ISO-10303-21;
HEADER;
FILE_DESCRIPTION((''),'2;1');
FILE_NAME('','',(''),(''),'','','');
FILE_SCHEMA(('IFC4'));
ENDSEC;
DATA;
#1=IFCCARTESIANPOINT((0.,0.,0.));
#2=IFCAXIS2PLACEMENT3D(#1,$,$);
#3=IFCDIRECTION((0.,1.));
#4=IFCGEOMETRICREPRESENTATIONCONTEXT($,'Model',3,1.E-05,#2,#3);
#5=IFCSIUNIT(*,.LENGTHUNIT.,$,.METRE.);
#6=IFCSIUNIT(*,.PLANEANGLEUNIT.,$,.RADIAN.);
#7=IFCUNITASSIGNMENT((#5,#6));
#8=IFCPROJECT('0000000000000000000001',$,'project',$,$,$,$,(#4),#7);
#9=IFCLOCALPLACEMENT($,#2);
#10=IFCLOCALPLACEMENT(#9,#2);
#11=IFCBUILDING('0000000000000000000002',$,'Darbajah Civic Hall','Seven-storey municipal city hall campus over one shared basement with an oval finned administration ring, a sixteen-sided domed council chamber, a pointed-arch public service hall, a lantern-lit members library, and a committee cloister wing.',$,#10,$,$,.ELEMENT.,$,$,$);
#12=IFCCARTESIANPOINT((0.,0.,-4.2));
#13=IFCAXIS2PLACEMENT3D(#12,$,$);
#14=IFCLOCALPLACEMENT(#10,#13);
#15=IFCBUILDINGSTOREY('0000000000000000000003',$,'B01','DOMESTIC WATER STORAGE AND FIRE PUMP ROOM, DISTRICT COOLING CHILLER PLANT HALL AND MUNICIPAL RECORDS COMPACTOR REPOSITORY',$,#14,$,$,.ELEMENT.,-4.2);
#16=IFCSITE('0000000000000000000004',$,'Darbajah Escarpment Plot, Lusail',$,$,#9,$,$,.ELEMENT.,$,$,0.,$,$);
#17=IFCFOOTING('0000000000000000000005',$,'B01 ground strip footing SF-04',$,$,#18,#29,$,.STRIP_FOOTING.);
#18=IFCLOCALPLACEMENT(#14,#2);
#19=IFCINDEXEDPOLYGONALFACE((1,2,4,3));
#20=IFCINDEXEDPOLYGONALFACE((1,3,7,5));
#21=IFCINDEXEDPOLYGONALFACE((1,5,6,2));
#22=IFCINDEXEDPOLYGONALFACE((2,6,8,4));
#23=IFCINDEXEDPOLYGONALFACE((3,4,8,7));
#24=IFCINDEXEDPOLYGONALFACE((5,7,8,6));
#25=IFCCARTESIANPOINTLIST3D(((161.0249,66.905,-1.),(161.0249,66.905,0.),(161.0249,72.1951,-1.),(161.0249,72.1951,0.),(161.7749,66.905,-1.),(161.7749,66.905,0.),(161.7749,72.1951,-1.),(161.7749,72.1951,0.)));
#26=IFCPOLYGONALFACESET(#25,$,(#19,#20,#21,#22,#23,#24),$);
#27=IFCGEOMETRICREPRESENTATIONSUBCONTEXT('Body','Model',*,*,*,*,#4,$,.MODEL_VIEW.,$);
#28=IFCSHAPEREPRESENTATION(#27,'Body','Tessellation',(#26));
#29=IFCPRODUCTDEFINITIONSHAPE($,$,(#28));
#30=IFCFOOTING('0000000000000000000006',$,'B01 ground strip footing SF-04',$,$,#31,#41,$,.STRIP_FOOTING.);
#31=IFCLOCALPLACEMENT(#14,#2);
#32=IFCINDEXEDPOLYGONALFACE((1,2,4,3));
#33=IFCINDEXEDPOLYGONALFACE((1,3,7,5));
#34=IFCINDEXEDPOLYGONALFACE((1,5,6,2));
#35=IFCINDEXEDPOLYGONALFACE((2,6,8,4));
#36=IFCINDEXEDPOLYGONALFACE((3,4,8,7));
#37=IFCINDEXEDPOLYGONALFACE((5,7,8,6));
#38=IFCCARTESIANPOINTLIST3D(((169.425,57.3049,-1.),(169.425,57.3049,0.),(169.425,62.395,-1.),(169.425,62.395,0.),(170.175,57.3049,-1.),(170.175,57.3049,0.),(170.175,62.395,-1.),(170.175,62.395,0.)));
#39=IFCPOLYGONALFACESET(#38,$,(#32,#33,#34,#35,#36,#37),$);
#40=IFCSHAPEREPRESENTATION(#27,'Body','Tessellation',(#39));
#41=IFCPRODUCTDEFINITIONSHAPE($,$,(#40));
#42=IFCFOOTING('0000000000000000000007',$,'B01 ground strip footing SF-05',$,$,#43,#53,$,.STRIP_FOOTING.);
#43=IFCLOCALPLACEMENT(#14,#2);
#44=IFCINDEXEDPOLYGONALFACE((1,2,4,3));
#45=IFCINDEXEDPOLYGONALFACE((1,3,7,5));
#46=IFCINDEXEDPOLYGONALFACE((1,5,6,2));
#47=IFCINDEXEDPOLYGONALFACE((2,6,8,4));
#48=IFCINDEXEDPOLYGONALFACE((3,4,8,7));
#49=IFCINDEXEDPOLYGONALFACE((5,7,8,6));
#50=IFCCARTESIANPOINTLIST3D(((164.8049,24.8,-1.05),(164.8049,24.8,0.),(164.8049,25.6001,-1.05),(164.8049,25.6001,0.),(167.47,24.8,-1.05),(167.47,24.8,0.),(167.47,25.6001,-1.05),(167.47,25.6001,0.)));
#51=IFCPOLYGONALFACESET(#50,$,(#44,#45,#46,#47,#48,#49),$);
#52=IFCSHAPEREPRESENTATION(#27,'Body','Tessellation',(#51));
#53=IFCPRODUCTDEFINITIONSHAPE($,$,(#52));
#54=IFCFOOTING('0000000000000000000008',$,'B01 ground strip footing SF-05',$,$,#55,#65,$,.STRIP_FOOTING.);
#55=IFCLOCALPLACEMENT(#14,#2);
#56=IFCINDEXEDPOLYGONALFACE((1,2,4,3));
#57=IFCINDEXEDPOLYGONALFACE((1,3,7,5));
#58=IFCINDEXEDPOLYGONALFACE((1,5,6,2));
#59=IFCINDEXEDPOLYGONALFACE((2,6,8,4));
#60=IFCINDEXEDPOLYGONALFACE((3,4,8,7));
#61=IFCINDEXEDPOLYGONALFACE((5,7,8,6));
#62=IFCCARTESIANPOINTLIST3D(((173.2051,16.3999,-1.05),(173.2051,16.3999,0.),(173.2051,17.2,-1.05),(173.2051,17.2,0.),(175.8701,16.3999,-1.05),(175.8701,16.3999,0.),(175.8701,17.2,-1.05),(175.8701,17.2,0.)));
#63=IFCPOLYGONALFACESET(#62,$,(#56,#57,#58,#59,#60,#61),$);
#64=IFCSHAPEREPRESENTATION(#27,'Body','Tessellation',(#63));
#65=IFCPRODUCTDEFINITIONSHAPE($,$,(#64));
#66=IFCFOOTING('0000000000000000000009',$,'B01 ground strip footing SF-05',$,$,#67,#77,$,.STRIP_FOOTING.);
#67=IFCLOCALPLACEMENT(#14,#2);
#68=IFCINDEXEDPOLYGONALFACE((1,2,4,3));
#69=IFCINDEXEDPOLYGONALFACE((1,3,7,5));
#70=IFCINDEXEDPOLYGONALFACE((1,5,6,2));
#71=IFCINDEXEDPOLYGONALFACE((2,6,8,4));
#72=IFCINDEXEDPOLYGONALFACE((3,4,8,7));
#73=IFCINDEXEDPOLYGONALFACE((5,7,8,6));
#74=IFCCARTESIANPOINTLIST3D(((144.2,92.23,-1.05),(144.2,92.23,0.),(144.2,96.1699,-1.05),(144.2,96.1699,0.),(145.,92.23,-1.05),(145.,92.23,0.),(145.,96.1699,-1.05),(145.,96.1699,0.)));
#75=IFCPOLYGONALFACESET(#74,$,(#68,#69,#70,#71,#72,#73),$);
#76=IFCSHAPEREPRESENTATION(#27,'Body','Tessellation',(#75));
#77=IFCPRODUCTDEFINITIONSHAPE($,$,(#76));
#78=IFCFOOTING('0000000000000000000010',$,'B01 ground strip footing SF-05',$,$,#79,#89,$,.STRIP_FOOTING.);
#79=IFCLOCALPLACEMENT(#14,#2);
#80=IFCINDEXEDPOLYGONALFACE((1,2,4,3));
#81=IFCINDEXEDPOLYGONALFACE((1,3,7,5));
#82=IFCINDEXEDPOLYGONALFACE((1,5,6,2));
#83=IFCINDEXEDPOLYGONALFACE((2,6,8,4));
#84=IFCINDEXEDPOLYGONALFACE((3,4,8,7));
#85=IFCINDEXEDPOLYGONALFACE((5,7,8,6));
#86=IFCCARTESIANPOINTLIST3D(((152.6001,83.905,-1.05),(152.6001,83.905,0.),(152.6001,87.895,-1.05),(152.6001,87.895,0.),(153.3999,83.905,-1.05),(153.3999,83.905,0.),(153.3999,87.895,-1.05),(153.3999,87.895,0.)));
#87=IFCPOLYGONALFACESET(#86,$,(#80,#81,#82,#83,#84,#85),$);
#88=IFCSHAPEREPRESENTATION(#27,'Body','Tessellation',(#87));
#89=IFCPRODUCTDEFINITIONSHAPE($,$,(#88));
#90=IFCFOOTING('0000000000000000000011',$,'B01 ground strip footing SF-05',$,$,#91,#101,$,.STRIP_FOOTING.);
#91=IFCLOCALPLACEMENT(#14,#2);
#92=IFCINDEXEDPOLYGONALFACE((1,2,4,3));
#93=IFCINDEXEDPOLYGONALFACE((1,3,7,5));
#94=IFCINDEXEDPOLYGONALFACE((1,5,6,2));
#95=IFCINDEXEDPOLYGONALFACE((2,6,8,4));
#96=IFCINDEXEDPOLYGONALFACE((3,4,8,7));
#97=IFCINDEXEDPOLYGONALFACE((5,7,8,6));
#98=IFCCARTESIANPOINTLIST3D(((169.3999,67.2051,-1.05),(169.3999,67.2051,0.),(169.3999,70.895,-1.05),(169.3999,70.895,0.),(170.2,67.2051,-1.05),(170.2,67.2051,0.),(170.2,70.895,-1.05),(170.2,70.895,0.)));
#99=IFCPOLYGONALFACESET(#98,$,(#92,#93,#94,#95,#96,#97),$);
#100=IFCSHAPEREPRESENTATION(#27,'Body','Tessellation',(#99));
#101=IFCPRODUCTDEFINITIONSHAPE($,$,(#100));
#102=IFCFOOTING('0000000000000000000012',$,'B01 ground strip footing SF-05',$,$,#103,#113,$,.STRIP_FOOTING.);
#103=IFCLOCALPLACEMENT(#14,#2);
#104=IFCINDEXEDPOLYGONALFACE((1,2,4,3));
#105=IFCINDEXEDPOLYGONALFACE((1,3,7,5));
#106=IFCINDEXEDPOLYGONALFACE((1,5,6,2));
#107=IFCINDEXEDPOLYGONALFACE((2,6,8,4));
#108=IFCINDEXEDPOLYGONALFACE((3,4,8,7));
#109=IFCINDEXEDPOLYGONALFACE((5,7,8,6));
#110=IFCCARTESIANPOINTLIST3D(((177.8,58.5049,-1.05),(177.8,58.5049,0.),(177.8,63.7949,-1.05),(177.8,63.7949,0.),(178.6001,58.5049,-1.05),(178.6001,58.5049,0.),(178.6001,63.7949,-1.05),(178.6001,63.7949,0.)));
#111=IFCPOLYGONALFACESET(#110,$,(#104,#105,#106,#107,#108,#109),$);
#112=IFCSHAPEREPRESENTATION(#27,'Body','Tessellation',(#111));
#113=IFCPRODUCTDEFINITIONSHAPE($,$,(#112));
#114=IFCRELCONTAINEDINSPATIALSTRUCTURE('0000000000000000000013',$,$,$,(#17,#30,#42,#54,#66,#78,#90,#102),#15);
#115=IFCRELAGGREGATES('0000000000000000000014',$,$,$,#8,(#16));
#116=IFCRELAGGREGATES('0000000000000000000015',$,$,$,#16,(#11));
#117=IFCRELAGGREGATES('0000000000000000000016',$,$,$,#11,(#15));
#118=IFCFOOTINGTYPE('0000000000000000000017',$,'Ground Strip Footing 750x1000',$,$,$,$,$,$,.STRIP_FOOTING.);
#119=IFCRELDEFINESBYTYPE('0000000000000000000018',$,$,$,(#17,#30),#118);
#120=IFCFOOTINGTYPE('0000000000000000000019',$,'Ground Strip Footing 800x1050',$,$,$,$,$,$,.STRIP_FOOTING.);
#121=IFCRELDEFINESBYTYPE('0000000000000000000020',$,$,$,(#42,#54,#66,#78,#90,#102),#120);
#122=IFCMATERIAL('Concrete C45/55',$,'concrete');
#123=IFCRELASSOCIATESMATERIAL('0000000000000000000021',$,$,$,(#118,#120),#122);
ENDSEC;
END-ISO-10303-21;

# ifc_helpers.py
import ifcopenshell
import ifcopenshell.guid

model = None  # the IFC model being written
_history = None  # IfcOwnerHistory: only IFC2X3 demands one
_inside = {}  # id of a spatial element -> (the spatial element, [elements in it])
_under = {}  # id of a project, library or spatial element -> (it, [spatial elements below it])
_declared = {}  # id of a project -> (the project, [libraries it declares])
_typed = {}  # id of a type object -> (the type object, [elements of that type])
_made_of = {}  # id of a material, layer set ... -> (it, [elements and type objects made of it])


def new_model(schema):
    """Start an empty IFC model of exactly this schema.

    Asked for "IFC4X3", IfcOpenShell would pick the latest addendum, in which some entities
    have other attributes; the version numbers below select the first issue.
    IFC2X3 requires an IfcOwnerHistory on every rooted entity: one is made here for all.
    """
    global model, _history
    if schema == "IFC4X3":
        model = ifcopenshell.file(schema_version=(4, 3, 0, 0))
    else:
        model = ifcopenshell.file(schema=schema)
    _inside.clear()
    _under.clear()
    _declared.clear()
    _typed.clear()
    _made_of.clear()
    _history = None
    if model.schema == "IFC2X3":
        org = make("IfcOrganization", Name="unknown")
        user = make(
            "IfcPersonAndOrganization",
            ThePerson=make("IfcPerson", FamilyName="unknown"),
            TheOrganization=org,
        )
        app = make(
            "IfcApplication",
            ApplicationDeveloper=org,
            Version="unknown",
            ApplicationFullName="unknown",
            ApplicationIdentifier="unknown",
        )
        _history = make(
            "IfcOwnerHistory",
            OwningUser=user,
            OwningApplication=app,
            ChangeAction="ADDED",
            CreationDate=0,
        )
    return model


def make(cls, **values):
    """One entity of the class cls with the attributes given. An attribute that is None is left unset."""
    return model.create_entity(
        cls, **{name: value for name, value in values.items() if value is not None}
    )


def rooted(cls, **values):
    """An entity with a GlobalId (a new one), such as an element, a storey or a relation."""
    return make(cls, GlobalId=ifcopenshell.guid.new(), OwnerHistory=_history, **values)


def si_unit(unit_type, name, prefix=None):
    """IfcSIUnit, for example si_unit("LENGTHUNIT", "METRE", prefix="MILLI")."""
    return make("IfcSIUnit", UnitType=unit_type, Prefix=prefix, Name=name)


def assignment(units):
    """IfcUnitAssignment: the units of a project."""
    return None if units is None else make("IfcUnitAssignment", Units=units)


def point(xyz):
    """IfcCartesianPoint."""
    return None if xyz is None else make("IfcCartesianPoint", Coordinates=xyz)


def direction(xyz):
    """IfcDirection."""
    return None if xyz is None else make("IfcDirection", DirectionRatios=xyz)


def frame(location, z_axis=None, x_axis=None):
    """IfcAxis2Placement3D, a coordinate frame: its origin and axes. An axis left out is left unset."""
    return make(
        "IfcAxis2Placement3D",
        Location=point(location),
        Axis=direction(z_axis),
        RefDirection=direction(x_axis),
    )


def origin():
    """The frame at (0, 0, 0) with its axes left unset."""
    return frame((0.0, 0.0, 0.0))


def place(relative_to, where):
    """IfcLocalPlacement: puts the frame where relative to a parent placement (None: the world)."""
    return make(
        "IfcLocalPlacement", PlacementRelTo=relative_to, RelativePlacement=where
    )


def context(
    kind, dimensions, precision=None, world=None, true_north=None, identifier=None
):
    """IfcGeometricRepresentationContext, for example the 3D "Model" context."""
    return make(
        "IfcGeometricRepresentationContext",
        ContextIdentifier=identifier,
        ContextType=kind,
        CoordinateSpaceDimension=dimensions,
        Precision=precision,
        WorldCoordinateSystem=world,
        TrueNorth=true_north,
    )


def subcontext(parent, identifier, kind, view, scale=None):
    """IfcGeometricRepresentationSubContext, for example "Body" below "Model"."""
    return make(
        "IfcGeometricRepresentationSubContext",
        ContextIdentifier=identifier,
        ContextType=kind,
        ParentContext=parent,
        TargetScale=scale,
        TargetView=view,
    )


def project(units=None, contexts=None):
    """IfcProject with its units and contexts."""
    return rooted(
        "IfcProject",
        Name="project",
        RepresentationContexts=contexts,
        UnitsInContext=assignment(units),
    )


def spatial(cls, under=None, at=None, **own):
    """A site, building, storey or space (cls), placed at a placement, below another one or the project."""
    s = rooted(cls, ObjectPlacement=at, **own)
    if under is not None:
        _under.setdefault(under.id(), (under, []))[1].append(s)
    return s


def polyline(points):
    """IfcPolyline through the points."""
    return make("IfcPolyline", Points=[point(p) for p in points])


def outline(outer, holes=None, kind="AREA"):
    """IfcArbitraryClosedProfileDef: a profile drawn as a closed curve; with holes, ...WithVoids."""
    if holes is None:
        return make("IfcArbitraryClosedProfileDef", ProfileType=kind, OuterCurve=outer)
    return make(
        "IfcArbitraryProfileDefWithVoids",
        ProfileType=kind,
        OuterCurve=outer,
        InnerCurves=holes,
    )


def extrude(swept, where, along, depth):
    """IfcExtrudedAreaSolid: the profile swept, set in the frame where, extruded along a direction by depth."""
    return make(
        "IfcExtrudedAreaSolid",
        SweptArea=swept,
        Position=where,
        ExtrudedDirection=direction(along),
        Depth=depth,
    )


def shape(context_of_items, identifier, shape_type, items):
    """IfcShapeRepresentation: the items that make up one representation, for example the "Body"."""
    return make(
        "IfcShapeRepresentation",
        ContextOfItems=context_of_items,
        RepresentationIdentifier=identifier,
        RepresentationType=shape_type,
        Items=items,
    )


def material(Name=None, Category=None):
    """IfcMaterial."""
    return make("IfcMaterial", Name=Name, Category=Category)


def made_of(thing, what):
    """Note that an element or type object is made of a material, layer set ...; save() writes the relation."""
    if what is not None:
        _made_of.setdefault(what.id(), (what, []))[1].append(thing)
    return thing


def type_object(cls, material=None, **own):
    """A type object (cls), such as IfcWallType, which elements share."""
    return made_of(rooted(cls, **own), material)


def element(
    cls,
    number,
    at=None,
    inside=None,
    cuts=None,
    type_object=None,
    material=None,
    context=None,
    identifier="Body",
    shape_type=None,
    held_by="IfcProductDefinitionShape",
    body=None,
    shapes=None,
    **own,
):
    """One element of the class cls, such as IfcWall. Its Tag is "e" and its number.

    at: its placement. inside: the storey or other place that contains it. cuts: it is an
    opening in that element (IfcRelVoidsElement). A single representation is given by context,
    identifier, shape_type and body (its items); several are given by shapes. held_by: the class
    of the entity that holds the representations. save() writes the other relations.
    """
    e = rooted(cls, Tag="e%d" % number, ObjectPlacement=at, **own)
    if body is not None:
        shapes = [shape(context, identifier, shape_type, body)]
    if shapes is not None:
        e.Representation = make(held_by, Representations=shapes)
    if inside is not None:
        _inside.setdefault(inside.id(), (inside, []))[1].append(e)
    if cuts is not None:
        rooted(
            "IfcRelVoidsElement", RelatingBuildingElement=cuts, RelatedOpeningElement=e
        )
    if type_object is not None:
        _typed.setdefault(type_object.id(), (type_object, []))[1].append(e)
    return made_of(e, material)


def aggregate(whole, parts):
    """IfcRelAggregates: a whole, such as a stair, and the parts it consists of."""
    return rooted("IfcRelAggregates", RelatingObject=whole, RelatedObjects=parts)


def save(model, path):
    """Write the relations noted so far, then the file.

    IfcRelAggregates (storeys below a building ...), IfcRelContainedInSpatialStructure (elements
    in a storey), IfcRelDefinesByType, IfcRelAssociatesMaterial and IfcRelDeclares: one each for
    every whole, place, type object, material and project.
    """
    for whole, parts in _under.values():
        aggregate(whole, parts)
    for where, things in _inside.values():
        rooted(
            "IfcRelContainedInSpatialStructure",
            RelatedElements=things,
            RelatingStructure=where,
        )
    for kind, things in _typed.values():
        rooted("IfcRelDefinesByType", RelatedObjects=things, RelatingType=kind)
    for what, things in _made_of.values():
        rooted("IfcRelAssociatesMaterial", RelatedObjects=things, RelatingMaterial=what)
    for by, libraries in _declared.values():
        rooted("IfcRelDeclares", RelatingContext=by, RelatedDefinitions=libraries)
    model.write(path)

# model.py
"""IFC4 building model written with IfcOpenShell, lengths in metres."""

from ifc_helpers import new_model, si_unit, direction, frame, origin, place, context, subcontext, project, spatial, polyline, outline, extrude, material, type_object, element, save


model = new_model("IFC4")

# Units and contexts
model_context = context("Model", 3, precision=1e-05, world=origin(), true_north=direction((0.0, 1.0)))
body_context = subcontext(model_context, "Body", "Model", "MODEL_VIEW")
ifc_project = project(units=[si_unit("LENGTHUNIT", "METRE"), si_unit("PLANEANGLEUNIT", "RADIAN")], contexts=[model_context])

# Site, building, storey
site_placement = place(None, origin())
site = spatial("IfcSite", under=ifc_project, at=site_placement, Name="Darbajah Escarpment Plot, Lusail", CompositionType="ELEMENT", RefElevation=0.0)
building_placement = place(site_placement, origin())
building = spatial("IfcBuilding", under=site, at=building_placement, Name="Darbajah Civic Hall", Description="Seven-storey municipal city hall campus over one shared basement with an oval finned administration ring, a sixteen-sided domed council chamber, a pointed-arch public service hall, a lantern-lit members library, and a committee cloister wing.", CompositionType="ELEMENT")
storey_placement = place(building_placement, frame((0.0, 0.0, -4.2)))
storey = spatial("IfcBuildingStorey", under=building, at=storey_placement, Name="B01", Description="DOMESTIC WATER STORAGE AND FIRE PUMP ROOM, DISTRICT COOLING CHILLER PLANT HALL AND MUNICIPAL RECORDS COMPACTOR REPOSITORY", CompositionType="ELEMENT", Elevation=-4.2)

# Shared definitions
ifc_material = material(Name="Concrete C45/55", Category="concrete")

# Footings
footing_type_1 = type_object("IfcFootingType", Name="Ground Strip Footing 750x1000", PredefinedType="STRIP_FOOTING", material=ifc_material)
footing_1_placement = place(storey_placement, frame((0.0, 0.0, -1.0)))
element("IfcFooting", 1, at=footing_1_placement, inside=storey, type_object=footing_type_1, Name="B01 ground strip footing SF-04", PredefinedType="STRIP_FOOTING", context=body_context, shape_type="SweptSolid", body=[
    extrude(outline(polyline([(161.7749, 66.905), (161.7749, 72.1951), (161.0249, 72.1951), (161.0249, 66.905), (161.7749, 66.905)])), origin(), (0.0, 0.0, 1.0), 1.0),
])
footing_2_placement = place(storey_placement, frame((0.0, 0.0, -1.0)))
element("IfcFooting", 2, at=footing_2_placement, inside=storey, type_object=footing_type_1, Name="B01 ground strip footing SF-04", PredefinedType="STRIP_FOOTING", context=body_context, shape_type="SweptSolid", body=[
    extrude(outline(polyline([(170.175, 57.3049), (170.175, 62.395), (169.425, 62.395), (169.425, 57.3049), (170.175, 57.3049)])), origin(), (0.0, 0.0, 1.0), 1.0),
])
footing_type_2 = type_object("IfcFootingType", Name="Ground Strip Footing 800x1050", PredefinedType="STRIP_FOOTING", material=ifc_material)
footing_3_placement = place(storey_placement, frame((0.0, 0.0, -1.05)))
element("IfcFooting", 3, at=footing_3_placement, inside=storey, type_object=footing_type_2, Name="B01 ground strip footing SF-05", PredefinedType="STRIP_FOOTING", context=body_context, shape_type="SweptSolid", body=[
    extrude(outline(polyline([(164.8049, 24.8), (167.47, 24.8), (167.47, 25.6001), (164.8049, 25.6001), (164.8049, 24.8)])), origin(), (0.0, 0.0, 1.0), 1.05),
])
footing_4_placement = place(storey_placement, frame((0.0, 0.0, -1.05)))
element("IfcFooting", 4, at=footing_4_placement, inside=storey, type_object=footing_type_2, Name="B01 ground strip footing SF-05", PredefinedType="STRIP_FOOTING", context=body_context, shape_type="SweptSolid", body=[
    extrude(outline(polyline([(173.2051, 16.3999), (175.8701, 16.3999), (175.8701, 17.2), (173.2051, 17.2), (173.2051, 16.3999)])), origin(), (0.0, 0.0, 1.0), 1.05),
])
footing_5_placement = place(storey_placement, frame((0.0, 0.0, -1.05)))
element("IfcFooting", 5, at=footing_5_placement, inside=storey, type_object=footing_type_2, Name="B01 ground strip footing SF-05", PredefinedType="STRIP_FOOTING", context=body_context, shape_type="SweptSolid", body=[
    extrude(outline(polyline([(145.0, 92.23), (145.0, 96.1699), (144.2, 96.1699), (144.2, 92.23), (145.0, 92.23)])), origin(), (0.0, 0.0, 1.0), 1.05),
])
footing_6_placement = place(storey_placement, frame((0.0, 0.0, -1.05)))
element("IfcFooting", 6, at=footing_6_placement, inside=storey, type_object=footing_type_2, Name="B01 ground strip footing SF-05", PredefinedType="STRIP_FOOTING", context=body_context, shape_type="SweptSolid", body=[
    extrude(outline(polyline([(153.3999, 83.905), (153.3999, 87.895), (152.6001, 87.895), (152.6001, 83.905), (153.3999, 83.905)])), origin(), (0.0, 0.0, 1.0), 1.05),
])
footing_7_placement = place(storey_placement, frame((0.0, 0.0, -1.05)))
element("IfcFooting", 7, at=footing_7_placement, inside=storey, type_object=footing_type_2, Name="B01 ground strip footing SF-05", PredefinedType="STRIP_FOOTING", context=body_context, shape_type="SweptSolid", body=[
    extrude(outline(polyline([(170.2, 67.2051), (170.2, 70.895), (169.3999, 70.895), (169.3999, 67.2051), (170.2, 67.2051)])), origin(), (0.0, 0.0, 1.0), 1.05),
])
footing_8_placement = place(storey_placement, frame((0.0, 0.0, -1.05)))
element("IfcFooting", 8, at=footing_8_placement, inside=storey, type_object=footing_type_2, Name="B01 ground strip footing SF-05", PredefinedType="STRIP_FOOTING", context=body_context, shape_type="SweptSolid", body=[
    extrude(outline(polyline([(178.6001, 58.5049), (178.6001, 63.7949), (177.8, 63.7949), (177.8, 58.5049), (178.6001, 58.5049)])), origin(), (0.0, 0.0, 1.0), 1.05),
])

save(model, "model.ifc")
